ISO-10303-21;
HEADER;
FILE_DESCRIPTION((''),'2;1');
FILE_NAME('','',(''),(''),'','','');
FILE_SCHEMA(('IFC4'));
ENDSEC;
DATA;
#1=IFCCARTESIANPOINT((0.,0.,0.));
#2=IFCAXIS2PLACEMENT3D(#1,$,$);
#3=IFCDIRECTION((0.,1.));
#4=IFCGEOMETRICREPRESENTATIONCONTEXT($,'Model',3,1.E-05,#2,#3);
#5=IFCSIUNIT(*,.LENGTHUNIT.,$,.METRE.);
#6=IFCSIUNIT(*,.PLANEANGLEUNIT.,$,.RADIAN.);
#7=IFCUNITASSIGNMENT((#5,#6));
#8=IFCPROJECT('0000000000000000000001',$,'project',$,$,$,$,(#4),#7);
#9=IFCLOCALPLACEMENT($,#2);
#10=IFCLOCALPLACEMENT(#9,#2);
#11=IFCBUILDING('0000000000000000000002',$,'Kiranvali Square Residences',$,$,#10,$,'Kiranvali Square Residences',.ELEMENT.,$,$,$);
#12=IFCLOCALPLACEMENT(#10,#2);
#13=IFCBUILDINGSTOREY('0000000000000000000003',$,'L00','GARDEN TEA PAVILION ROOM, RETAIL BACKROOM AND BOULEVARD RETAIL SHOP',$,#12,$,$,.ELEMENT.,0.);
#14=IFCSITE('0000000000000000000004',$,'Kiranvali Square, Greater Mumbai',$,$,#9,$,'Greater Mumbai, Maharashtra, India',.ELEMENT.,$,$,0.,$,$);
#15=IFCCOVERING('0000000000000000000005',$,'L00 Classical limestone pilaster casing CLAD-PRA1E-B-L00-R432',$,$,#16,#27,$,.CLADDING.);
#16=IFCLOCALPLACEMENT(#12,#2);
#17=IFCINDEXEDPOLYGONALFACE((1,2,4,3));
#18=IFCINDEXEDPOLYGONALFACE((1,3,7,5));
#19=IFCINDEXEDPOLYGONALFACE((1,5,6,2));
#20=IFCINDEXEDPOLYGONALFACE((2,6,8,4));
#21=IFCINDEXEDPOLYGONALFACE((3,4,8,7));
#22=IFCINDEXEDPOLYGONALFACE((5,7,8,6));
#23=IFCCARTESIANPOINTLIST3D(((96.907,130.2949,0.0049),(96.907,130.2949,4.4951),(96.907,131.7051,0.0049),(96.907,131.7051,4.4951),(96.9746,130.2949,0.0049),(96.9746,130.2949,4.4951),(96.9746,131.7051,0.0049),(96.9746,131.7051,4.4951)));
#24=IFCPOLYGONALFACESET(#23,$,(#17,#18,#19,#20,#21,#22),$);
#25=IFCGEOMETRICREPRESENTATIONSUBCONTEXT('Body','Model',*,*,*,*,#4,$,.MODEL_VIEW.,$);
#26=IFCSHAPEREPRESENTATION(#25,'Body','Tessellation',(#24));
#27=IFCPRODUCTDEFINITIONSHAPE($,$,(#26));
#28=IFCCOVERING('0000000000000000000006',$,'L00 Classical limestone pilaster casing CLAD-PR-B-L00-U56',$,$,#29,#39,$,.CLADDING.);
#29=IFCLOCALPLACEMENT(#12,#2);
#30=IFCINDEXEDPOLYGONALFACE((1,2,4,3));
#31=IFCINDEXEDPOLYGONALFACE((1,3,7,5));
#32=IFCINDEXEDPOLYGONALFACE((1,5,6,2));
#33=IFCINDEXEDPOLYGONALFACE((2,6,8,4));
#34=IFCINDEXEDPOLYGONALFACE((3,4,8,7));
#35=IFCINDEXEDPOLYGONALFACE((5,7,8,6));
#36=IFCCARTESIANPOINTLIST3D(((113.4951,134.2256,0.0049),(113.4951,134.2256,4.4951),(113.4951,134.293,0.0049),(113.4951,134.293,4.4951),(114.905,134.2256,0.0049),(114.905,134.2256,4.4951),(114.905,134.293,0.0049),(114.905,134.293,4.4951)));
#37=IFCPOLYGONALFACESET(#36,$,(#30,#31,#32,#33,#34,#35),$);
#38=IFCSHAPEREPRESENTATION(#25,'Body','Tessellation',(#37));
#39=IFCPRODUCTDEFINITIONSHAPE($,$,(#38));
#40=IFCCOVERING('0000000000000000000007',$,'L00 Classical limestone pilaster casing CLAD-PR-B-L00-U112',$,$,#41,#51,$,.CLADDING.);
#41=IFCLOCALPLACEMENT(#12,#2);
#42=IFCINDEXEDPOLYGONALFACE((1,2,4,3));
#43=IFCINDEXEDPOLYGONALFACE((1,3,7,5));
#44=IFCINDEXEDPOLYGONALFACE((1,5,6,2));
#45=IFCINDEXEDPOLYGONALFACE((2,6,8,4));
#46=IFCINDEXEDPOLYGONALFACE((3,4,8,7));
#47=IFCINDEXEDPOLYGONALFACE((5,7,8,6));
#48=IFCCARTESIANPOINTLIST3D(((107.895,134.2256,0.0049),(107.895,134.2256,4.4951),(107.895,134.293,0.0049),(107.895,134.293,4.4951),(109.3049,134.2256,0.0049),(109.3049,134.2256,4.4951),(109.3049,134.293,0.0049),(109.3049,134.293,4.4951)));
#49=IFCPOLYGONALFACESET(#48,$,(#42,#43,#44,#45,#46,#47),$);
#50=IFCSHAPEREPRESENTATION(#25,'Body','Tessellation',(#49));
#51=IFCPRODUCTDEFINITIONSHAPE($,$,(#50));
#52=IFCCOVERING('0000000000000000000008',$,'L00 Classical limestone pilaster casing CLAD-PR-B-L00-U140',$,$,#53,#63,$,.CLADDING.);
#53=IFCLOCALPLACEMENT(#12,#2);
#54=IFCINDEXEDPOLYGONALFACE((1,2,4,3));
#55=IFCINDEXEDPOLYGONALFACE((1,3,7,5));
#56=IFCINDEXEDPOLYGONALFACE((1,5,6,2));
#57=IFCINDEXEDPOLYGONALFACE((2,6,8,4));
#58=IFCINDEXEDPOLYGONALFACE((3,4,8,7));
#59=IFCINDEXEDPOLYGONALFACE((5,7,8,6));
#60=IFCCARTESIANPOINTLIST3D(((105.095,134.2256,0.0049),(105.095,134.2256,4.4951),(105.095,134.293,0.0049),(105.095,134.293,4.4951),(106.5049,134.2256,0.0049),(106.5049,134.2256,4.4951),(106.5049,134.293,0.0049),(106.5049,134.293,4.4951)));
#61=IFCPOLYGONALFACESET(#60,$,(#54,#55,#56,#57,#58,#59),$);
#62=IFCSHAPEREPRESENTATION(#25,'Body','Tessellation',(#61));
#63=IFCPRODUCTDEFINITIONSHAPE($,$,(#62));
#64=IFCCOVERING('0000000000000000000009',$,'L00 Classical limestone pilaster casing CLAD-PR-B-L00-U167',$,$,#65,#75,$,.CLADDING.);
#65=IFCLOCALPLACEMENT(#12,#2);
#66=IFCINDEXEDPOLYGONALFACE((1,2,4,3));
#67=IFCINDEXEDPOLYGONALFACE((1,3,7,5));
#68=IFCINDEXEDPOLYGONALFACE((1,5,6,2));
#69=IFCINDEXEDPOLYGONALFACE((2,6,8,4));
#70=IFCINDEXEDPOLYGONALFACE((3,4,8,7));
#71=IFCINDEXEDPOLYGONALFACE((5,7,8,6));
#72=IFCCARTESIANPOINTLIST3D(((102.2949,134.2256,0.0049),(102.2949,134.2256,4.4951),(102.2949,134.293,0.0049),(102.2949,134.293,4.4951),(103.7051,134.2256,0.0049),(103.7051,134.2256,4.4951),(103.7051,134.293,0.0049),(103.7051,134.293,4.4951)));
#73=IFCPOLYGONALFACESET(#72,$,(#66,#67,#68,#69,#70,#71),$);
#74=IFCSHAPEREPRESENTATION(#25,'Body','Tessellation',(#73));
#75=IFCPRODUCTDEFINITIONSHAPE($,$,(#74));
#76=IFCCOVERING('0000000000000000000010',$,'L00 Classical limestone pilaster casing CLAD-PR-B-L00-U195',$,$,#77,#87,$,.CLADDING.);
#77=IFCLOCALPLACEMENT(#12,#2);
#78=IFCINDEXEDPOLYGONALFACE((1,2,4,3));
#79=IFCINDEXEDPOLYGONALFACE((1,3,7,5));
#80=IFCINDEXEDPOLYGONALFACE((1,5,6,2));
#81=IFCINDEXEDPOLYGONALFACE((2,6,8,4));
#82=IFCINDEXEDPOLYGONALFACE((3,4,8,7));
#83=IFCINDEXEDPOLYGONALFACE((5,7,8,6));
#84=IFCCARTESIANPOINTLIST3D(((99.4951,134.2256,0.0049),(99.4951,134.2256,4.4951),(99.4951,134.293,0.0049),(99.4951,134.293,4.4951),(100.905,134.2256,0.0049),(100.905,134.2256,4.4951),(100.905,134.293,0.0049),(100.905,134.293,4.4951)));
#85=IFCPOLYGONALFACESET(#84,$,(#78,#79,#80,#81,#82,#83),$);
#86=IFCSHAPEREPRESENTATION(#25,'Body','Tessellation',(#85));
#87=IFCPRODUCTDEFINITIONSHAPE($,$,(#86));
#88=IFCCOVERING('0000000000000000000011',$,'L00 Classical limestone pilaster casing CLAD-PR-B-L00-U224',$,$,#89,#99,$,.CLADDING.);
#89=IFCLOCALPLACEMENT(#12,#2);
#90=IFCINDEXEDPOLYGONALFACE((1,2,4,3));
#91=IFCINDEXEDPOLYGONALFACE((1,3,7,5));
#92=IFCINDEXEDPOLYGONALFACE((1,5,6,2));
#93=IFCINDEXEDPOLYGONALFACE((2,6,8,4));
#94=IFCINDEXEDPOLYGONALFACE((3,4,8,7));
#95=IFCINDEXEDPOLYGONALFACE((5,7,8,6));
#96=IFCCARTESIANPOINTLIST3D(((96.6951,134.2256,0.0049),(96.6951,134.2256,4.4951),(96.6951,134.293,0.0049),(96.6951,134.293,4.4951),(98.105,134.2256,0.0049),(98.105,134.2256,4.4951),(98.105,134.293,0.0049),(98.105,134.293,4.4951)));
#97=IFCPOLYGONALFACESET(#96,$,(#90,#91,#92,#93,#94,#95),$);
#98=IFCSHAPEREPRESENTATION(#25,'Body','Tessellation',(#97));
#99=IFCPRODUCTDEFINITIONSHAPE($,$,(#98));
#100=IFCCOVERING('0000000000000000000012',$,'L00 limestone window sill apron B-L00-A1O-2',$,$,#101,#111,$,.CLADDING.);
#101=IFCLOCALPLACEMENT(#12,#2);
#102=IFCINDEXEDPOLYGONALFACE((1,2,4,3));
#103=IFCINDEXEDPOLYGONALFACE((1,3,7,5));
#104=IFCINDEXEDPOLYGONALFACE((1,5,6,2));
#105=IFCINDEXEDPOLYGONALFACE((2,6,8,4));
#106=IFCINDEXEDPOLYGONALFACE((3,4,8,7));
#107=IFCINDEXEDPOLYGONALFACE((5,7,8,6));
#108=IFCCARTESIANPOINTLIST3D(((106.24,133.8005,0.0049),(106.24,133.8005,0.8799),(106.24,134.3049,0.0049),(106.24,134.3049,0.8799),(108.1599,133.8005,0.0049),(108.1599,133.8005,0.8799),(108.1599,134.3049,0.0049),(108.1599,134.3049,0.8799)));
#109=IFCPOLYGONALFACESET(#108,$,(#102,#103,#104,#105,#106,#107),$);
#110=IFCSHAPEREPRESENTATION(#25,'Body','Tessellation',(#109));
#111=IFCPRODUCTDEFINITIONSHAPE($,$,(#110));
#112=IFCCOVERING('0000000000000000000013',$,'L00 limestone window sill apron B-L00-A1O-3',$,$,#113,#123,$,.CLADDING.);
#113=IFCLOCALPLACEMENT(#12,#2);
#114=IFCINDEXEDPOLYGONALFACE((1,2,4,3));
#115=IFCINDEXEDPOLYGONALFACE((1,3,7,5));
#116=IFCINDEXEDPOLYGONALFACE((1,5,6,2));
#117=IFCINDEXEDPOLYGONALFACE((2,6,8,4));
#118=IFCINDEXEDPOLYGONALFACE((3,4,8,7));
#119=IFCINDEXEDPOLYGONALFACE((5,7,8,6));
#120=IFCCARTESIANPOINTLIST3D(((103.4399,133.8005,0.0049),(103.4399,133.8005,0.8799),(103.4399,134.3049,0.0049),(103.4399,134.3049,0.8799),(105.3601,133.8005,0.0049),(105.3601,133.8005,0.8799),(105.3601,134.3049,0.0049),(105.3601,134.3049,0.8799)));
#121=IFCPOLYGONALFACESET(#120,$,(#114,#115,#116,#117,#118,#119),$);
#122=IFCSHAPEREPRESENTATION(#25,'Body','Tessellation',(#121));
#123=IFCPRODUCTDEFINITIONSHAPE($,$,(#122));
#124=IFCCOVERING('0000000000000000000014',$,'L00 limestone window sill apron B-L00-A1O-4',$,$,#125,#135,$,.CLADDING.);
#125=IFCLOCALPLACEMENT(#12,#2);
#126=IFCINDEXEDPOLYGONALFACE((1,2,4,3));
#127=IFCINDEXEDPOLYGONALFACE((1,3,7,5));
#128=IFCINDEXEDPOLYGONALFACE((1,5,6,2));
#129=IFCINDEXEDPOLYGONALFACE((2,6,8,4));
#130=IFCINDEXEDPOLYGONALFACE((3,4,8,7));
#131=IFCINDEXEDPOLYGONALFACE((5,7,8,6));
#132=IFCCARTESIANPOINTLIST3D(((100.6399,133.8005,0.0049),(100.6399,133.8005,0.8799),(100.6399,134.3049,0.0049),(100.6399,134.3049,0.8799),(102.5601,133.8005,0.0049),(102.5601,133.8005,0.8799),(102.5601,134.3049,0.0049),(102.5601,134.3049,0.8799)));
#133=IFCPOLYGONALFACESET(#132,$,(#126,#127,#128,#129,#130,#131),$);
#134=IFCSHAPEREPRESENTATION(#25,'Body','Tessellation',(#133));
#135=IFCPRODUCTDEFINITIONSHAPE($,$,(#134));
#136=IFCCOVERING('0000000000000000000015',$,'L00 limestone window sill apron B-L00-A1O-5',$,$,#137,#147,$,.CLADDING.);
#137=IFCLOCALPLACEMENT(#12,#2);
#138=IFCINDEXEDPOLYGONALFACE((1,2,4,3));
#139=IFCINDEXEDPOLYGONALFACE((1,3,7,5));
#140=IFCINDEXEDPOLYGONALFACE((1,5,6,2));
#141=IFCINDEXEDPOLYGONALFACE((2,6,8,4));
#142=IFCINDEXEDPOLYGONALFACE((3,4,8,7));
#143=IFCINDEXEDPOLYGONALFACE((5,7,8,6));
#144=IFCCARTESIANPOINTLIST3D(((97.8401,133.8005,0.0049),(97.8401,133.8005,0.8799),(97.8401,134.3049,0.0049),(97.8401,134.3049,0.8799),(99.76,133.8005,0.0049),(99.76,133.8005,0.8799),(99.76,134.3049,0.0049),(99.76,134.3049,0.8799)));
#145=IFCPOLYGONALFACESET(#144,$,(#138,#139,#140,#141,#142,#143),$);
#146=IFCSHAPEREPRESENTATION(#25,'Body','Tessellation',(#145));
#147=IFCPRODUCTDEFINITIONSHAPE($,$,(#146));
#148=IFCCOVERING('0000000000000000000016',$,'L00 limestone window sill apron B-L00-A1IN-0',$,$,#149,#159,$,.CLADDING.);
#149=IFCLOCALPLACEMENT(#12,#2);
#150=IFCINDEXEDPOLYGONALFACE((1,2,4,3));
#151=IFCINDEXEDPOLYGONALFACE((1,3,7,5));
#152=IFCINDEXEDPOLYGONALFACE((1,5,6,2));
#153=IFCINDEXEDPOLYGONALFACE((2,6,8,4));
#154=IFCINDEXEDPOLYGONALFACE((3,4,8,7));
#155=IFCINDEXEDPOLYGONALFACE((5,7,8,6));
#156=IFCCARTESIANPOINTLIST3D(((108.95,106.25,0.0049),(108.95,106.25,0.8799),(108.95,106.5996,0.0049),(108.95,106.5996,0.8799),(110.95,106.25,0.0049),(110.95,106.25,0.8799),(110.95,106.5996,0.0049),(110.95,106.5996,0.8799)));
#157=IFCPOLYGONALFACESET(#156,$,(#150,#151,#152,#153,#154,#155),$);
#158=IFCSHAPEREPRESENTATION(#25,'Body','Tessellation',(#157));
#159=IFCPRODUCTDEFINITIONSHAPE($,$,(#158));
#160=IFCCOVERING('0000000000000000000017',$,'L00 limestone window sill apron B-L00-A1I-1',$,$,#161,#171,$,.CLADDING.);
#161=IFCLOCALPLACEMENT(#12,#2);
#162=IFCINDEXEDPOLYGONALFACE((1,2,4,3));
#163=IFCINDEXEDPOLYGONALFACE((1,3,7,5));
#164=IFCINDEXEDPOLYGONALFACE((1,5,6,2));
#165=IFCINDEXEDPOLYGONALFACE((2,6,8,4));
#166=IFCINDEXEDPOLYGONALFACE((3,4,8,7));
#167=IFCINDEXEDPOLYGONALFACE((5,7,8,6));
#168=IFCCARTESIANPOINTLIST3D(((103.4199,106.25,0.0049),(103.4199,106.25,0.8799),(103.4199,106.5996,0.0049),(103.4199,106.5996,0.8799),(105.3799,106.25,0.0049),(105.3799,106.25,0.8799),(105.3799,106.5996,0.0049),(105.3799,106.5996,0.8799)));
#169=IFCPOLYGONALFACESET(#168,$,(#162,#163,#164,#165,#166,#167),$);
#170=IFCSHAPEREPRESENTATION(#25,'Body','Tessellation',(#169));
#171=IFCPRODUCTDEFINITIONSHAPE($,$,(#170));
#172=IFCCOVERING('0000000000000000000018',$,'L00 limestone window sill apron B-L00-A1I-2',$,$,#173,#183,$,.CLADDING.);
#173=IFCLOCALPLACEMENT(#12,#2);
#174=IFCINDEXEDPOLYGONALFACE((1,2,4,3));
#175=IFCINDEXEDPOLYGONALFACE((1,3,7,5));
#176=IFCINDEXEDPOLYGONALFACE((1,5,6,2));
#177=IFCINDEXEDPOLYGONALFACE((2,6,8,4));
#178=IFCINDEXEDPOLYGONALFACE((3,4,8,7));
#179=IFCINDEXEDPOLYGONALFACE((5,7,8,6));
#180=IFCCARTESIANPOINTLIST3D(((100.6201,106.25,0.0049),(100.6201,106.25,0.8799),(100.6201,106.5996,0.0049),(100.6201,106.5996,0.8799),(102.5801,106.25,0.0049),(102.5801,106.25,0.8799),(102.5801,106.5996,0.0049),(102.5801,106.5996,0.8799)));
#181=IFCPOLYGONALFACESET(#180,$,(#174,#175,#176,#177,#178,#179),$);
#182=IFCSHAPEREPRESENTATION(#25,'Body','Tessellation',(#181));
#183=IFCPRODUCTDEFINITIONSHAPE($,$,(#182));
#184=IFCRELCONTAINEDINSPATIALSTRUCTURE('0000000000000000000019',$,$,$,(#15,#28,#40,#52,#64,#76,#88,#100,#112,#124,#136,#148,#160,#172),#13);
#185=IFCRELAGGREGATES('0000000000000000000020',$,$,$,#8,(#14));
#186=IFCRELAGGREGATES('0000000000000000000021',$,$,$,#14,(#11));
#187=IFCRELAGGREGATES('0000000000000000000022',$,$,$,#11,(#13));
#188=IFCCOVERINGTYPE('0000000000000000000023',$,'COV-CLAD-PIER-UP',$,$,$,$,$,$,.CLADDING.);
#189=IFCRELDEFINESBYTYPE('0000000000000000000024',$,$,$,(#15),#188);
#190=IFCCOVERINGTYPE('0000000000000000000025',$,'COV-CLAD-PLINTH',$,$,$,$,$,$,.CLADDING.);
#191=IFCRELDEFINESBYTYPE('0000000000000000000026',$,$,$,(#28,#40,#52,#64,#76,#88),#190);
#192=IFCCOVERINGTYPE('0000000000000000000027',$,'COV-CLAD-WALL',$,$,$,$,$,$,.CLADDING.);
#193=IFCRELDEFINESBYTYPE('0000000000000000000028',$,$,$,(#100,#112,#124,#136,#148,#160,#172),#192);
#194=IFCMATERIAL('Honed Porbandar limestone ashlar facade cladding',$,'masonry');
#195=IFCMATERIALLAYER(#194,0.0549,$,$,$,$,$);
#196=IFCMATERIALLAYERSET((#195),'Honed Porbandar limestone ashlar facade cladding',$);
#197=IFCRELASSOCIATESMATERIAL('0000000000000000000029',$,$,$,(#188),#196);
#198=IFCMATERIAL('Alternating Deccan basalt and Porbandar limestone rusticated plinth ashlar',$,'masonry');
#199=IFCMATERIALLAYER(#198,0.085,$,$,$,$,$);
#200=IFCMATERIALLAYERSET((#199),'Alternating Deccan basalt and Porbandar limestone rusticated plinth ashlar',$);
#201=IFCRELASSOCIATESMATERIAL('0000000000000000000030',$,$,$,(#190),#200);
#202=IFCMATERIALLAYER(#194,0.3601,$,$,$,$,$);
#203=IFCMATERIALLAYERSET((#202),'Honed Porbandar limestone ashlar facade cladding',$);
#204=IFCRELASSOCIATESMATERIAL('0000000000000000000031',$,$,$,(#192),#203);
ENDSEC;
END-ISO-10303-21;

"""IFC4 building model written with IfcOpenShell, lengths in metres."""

from ifc_helpers import new_model, si_unit, direction, frame, origin, place, context, subcontext, project, spatial, polyline, outline, extrude, material, layer, layer_set, type_object, element, save


model = new_model("IFC4")

# Units and contexts
model_context = context("Model", 3, precision=1e-05, world=origin(), true_north=direction((0.0, 1.0)))
body_context = subcontext(model_context, "Body", "Model", "MODEL_VIEW")
ifc_project = project(units=[si_unit("LENGTHUNIT", "METRE"), si_unit("PLANEANGLEUNIT", "RADIAN")], contexts=[model_context])

# Site, building, storey
site_placement = place(None, origin())
site = spatial("IfcSite", under=ifc_project, at=site_placement, Name="Kiranvali Square, Greater Mumbai", LongName="Greater Mumbai, Maharashtra, India", CompositionType="ELEMENT", RefElevation=0.0)
building_placement = place(site_placement, origin())
building = spatial("IfcBuilding", under=site, at=building_placement, Name="Kiranvali Square Residences", LongName="Kiranvali Square Residences", CompositionType="ELEMENT")
storey_placement = place(building_placement, origin())
storey = spatial("IfcBuildingStorey", under=building, at=storey_placement, Name="L00", Description="GARDEN TEA PAVILION ROOM, RETAIL BACKROOM AND BOULEVARD RETAIL SHOP", CompositionType="ELEMENT", Elevation=0.0)

# Coverings
ifc_material_1 = material(Name="Honed Porbandar limestone ashlar facade cladding", Category="masonry")
ifc_layer_1 = layer(ifc_material_1, 0.0549)
ifc_layer_set_1 = layer_set([ifc_layer_1], Name="Honed Porbandar limestone ashlar facade cladding")
covering_type_1 = type_object("IfcCoveringType", Name="COV-CLAD-PIER-UP", PredefinedType="CLADDING", material=ifc_layer_set_1)
covering_1_placement = place(storey_placement, frame((0.0, 0.0, 0.0049)))
element("IfcCovering", 1, at=covering_1_placement, inside=storey, type_object=covering_type_1, Name="L00 Classical limestone pilaster casing CLAD-PRA1E-B-L00-R432", PredefinedType="CLADDING", context=body_context, shape_type="SweptSolid", body=[
    extrude(outline(polyline([(96.9746, 130.2949), (96.9746, 131.7051), (96.907, 131.7051), (96.907, 130.2949), (96.9746, 130.2949)])), origin(), (0.0, 0.0, 1.0), 4.4902),
])
ifc_material_2 = material(Name="Alternating Deccan basalt and Porbandar limestone rusticated plinth ashlar", Category="masonry")
ifc_layer_2 = layer(ifc_material_2, 0.085)
ifc_layer_set_2 = layer_set([ifc_layer_2], Name="Alternating Deccan basalt and Porbandar limestone rusticated plinth ashlar")
covering_type_2 = type_object("IfcCoveringType", Name="COV-CLAD-PLINTH", PredefinedType="CLADDING", material=ifc_layer_set_2)
covering_2_placement = place(storey_placement, frame((0.0, 0.0, 0.0049)))
element("IfcCovering", 2, at=covering_2_placement, inside=storey, type_object=covering_type_2, Name="L00 Classical limestone pilaster casing CLAD-PR-B-L00-U56", PredefinedType="CLADDING", context=body_context, shape_type="SweptSolid", body=[
    extrude(outline(polyline([(114.905, 134.293), (113.4951, 134.293), (113.4951, 134.2256), (114.905, 134.2256), (114.905, 134.293)])), origin(), (0.0, 0.0, 1.0), 4.4902),
])
covering_3_placement = place(storey_placement, frame((0.0, 0.0, 0.0049)))
element("IfcCovering", 3, at=covering_3_placement, inside=storey, type_object=covering_type_2, Name="L00 Classical limestone pilaster casing CLAD-PR-B-L00-U112", PredefinedType="CLADDING", context=body_context, shape_type="SweptSolid", body=[
    extrude(outline(polyline([(109.3049, 134.293), (107.895, 134.293), (107.895, 134.2256), (109.3049, 134.2256), (109.3049, 134.293)])), origin(), (0.0, 0.0, 1.0), 4.4902),
])
covering_4_placement = place(storey_placement, frame((0.0, 0.0, 0.0049)))
element("IfcCovering", 4, at=covering_4_placement, inside=storey, type_object=covering_type_2, Name="L00 Classical limestone pilaster casing CLAD-PR-B-L00-U140", PredefinedType="CLADDING", context=body_context, shape_type="SweptSolid", body=[
    extrude(outline(polyline([(106.5049, 134.293), (105.095, 134.293), (105.095, 134.2256), (106.5049, 134.2256), (106.5049, 134.293)])), origin(), (0.0, 0.0, 1.0), 4.4902),
])
covering_5_placement = place(storey_placement, frame((0.0, 0.0, 0.0049)))
element("IfcCovering", 5, at=covering_5_placement, inside=storey, type_object=covering_type_2, Name="L00 Classical limestone pilaster casing CLAD-PR-B-L00-U167", PredefinedType="CLADDING", context=body_context, shape_type="SweptSolid", body=[
    extrude(outline(polyline([(103.7051, 134.293), (102.2949, 134.293), (102.2949, 134.2256), (103.7051, 134.2256), (103.7051, 134.293)])), origin(), (0.0, 0.0, 1.0), 4.4902),
])
covering_6_placement = place(storey_placement, frame((0.0, 0.0, 0.0049)))
element("IfcCovering", 6, at=covering_6_placement, inside=storey, type_object=covering_type_2, Name="L00 Classical limestone pilaster casing CLAD-PR-B-L00-U195", PredefinedType="CLADDING", context=body_context, shape_type="SweptSolid", body=[
    extrude(outline(polyline([(100.905, 134.293), (99.4951, 134.293), (99.4951, 134.2256), (100.905, 134.2256), (100.905, 134.293)])), origin(), (0.0, 0.0, 1.0), 4.4902),
])
covering_7_placement = place(storey_placement, frame((0.0, 0.0, 0.0049)))
element("IfcCovering", 7, at=covering_7_placement, inside=storey, type_object=covering_type_2, Name="L00 Classical limestone pilaster casing CLAD-PR-B-L00-U224", PredefinedType="CLADDING", context=body_context, shape_type="SweptSolid", body=[
    extrude(outline(polyline([(98.105, 134.293), (96.6951, 134.293), (96.6951, 134.2256), (98.105, 134.2256), (98.105, 134.293)])), origin(), (0.0, 0.0, 1.0), 4.4902),
])
ifc_layer_3 = layer(ifc_material_1, 0.3601)
ifc_layer_set_3 = layer_set([ifc_layer_3], Name="Honed Porbandar limestone ashlar facade cladding")
covering_type_3 = type_object("IfcCoveringType", Name="COV-CLAD-WALL", PredefinedType="CLADDING", material=ifc_layer_set_3)
covering_8_placement = place(storey_placement, frame((0.0, 0.0, 0.0049)))
element("IfcCovering", 8, at=covering_8_placement, inside=storey, type_object=covering_type_3, Name="L00 limestone window sill apron B-L00-A1O-2", PredefinedType="CLADDING", context=body_context, shape_type="SweptSolid", body=[
    extrude(outline(polyline([(108.1599, 134.3049), (106.24, 134.3049), (106.24, 133.8005), (108.1599, 133.8005), (108.1599, 134.3049)])), origin(), (0.0, 0.0, 1.0), 0.875),
])
covering_9_placement = place(storey_placement, frame((0.0, 0.0, 0.0049)))
element("IfcCovering", 9, at=covering_9_placement, inside=storey, type_object=covering_type_3, Name="L00 limestone window sill apron B-L00-A1O-3", PredefinedType="CLADDING", context=body_context, shape_type="SweptSolid", body=[
    extrude(outline(polyline([(105.3601, 134.3049), (103.4399, 134.3049), (103.4399, 133.8005), (105.3601, 133.8005), (105.3601, 134.3049)])), origin(), (0.0, 0.0, 1.0), 0.875),
])
covering_10_placement = place(storey_placement, frame((0.0, 0.0, 0.0049)))
element("IfcCovering", 10, at=covering_10_placement, inside=storey, type_object=covering_type_3, Name="L00 limestone window sill apron B-L00-A1O-4", PredefinedType="CLADDING", context=body_context, shape_type="SweptSolid", body=[
    extrude(outline(polyline([(102.5601, 134.3049), (100.6399, 134.3049), (100.6399, 133.8005), (102.5601, 133.8005), (102.5601, 134.3049)])), origin(), (0.0, 0.0, 1.0), 0.875),
])
covering_11_placement = place(storey_placement, frame((0.0, 0.0, 0.0049)))
element("IfcCovering", 11, at=covering_11_placement, inside=storey, type_object=covering_type_3, Name="L00 limestone window sill apron B-L00-A1O-5", PredefinedType="CLADDING", context=body_context, shape_type="SweptSolid", body=[
    extrude(outline(polyline([(99.76, 134.3049), (97.8401, 134.3049), (97.8401, 133.8005), (99.76, 133.8005), (99.76, 134.3049)])), origin(), (0.0, 0.0, 1.0), 0.875),
])
covering_12_placement = place(storey_placement, frame((0.0, 0.0, 0.0049)))
element("IfcCovering", 12, at=covering_12_placement, inside=storey, type_object=covering_type_3, Name="L00 limestone window sill apron B-L00-A1IN-0", PredefinedType="CLADDING", context=body_context, shape_type="SweptSolid", body=[
    extrude(outline(polyline([(110.95, 106.5996), (108.95, 106.5996), (108.95, 106.25), (110.95, 106.25), (110.95, 106.5996)])), origin(), (0.0, 0.0, 1.0), 0.875),
])
covering_13_placement = place(storey_placement, frame((0.0, 0.0, 0.0049)))
element("IfcCovering", 13, at=covering_13_placement, inside=storey, type_object=covering_type_3, Name="L00 limestone window sill apron B-L00-A1I-1", PredefinedType="CLADDING", context=body_context, shape_type="SweptSolid", body=[
    extrude(outline(polyline([(105.3799, 106.5996), (103.4199, 106.5996), (103.4199, 106.25), (105.3799, 106.25), (105.3799, 106.5996)])), origin(), (0.0, 0.0, 1.0), 0.875),
])
covering_14_placement = place(storey_placement, frame((0.0, 0.0, 0.0049)))
element("IfcCovering", 14, at=covering_14_placement, inside=storey, type_object=covering_type_3, Name="L00 limestone window sill apron B-L00-A1I-2", PredefinedType="CLADDING", context=body_context, shape_type="SweptSolid", body=[
    extrude(outline(polyline([(102.5801, 106.5996), (100.6201, 106.5996), (100.6201, 106.25), (102.5801, 106.25), (102.5801, 106.5996)])), origin(), (0.0, 0.0, 1.0), 0.875),
])

save(model, "model.ifc")
